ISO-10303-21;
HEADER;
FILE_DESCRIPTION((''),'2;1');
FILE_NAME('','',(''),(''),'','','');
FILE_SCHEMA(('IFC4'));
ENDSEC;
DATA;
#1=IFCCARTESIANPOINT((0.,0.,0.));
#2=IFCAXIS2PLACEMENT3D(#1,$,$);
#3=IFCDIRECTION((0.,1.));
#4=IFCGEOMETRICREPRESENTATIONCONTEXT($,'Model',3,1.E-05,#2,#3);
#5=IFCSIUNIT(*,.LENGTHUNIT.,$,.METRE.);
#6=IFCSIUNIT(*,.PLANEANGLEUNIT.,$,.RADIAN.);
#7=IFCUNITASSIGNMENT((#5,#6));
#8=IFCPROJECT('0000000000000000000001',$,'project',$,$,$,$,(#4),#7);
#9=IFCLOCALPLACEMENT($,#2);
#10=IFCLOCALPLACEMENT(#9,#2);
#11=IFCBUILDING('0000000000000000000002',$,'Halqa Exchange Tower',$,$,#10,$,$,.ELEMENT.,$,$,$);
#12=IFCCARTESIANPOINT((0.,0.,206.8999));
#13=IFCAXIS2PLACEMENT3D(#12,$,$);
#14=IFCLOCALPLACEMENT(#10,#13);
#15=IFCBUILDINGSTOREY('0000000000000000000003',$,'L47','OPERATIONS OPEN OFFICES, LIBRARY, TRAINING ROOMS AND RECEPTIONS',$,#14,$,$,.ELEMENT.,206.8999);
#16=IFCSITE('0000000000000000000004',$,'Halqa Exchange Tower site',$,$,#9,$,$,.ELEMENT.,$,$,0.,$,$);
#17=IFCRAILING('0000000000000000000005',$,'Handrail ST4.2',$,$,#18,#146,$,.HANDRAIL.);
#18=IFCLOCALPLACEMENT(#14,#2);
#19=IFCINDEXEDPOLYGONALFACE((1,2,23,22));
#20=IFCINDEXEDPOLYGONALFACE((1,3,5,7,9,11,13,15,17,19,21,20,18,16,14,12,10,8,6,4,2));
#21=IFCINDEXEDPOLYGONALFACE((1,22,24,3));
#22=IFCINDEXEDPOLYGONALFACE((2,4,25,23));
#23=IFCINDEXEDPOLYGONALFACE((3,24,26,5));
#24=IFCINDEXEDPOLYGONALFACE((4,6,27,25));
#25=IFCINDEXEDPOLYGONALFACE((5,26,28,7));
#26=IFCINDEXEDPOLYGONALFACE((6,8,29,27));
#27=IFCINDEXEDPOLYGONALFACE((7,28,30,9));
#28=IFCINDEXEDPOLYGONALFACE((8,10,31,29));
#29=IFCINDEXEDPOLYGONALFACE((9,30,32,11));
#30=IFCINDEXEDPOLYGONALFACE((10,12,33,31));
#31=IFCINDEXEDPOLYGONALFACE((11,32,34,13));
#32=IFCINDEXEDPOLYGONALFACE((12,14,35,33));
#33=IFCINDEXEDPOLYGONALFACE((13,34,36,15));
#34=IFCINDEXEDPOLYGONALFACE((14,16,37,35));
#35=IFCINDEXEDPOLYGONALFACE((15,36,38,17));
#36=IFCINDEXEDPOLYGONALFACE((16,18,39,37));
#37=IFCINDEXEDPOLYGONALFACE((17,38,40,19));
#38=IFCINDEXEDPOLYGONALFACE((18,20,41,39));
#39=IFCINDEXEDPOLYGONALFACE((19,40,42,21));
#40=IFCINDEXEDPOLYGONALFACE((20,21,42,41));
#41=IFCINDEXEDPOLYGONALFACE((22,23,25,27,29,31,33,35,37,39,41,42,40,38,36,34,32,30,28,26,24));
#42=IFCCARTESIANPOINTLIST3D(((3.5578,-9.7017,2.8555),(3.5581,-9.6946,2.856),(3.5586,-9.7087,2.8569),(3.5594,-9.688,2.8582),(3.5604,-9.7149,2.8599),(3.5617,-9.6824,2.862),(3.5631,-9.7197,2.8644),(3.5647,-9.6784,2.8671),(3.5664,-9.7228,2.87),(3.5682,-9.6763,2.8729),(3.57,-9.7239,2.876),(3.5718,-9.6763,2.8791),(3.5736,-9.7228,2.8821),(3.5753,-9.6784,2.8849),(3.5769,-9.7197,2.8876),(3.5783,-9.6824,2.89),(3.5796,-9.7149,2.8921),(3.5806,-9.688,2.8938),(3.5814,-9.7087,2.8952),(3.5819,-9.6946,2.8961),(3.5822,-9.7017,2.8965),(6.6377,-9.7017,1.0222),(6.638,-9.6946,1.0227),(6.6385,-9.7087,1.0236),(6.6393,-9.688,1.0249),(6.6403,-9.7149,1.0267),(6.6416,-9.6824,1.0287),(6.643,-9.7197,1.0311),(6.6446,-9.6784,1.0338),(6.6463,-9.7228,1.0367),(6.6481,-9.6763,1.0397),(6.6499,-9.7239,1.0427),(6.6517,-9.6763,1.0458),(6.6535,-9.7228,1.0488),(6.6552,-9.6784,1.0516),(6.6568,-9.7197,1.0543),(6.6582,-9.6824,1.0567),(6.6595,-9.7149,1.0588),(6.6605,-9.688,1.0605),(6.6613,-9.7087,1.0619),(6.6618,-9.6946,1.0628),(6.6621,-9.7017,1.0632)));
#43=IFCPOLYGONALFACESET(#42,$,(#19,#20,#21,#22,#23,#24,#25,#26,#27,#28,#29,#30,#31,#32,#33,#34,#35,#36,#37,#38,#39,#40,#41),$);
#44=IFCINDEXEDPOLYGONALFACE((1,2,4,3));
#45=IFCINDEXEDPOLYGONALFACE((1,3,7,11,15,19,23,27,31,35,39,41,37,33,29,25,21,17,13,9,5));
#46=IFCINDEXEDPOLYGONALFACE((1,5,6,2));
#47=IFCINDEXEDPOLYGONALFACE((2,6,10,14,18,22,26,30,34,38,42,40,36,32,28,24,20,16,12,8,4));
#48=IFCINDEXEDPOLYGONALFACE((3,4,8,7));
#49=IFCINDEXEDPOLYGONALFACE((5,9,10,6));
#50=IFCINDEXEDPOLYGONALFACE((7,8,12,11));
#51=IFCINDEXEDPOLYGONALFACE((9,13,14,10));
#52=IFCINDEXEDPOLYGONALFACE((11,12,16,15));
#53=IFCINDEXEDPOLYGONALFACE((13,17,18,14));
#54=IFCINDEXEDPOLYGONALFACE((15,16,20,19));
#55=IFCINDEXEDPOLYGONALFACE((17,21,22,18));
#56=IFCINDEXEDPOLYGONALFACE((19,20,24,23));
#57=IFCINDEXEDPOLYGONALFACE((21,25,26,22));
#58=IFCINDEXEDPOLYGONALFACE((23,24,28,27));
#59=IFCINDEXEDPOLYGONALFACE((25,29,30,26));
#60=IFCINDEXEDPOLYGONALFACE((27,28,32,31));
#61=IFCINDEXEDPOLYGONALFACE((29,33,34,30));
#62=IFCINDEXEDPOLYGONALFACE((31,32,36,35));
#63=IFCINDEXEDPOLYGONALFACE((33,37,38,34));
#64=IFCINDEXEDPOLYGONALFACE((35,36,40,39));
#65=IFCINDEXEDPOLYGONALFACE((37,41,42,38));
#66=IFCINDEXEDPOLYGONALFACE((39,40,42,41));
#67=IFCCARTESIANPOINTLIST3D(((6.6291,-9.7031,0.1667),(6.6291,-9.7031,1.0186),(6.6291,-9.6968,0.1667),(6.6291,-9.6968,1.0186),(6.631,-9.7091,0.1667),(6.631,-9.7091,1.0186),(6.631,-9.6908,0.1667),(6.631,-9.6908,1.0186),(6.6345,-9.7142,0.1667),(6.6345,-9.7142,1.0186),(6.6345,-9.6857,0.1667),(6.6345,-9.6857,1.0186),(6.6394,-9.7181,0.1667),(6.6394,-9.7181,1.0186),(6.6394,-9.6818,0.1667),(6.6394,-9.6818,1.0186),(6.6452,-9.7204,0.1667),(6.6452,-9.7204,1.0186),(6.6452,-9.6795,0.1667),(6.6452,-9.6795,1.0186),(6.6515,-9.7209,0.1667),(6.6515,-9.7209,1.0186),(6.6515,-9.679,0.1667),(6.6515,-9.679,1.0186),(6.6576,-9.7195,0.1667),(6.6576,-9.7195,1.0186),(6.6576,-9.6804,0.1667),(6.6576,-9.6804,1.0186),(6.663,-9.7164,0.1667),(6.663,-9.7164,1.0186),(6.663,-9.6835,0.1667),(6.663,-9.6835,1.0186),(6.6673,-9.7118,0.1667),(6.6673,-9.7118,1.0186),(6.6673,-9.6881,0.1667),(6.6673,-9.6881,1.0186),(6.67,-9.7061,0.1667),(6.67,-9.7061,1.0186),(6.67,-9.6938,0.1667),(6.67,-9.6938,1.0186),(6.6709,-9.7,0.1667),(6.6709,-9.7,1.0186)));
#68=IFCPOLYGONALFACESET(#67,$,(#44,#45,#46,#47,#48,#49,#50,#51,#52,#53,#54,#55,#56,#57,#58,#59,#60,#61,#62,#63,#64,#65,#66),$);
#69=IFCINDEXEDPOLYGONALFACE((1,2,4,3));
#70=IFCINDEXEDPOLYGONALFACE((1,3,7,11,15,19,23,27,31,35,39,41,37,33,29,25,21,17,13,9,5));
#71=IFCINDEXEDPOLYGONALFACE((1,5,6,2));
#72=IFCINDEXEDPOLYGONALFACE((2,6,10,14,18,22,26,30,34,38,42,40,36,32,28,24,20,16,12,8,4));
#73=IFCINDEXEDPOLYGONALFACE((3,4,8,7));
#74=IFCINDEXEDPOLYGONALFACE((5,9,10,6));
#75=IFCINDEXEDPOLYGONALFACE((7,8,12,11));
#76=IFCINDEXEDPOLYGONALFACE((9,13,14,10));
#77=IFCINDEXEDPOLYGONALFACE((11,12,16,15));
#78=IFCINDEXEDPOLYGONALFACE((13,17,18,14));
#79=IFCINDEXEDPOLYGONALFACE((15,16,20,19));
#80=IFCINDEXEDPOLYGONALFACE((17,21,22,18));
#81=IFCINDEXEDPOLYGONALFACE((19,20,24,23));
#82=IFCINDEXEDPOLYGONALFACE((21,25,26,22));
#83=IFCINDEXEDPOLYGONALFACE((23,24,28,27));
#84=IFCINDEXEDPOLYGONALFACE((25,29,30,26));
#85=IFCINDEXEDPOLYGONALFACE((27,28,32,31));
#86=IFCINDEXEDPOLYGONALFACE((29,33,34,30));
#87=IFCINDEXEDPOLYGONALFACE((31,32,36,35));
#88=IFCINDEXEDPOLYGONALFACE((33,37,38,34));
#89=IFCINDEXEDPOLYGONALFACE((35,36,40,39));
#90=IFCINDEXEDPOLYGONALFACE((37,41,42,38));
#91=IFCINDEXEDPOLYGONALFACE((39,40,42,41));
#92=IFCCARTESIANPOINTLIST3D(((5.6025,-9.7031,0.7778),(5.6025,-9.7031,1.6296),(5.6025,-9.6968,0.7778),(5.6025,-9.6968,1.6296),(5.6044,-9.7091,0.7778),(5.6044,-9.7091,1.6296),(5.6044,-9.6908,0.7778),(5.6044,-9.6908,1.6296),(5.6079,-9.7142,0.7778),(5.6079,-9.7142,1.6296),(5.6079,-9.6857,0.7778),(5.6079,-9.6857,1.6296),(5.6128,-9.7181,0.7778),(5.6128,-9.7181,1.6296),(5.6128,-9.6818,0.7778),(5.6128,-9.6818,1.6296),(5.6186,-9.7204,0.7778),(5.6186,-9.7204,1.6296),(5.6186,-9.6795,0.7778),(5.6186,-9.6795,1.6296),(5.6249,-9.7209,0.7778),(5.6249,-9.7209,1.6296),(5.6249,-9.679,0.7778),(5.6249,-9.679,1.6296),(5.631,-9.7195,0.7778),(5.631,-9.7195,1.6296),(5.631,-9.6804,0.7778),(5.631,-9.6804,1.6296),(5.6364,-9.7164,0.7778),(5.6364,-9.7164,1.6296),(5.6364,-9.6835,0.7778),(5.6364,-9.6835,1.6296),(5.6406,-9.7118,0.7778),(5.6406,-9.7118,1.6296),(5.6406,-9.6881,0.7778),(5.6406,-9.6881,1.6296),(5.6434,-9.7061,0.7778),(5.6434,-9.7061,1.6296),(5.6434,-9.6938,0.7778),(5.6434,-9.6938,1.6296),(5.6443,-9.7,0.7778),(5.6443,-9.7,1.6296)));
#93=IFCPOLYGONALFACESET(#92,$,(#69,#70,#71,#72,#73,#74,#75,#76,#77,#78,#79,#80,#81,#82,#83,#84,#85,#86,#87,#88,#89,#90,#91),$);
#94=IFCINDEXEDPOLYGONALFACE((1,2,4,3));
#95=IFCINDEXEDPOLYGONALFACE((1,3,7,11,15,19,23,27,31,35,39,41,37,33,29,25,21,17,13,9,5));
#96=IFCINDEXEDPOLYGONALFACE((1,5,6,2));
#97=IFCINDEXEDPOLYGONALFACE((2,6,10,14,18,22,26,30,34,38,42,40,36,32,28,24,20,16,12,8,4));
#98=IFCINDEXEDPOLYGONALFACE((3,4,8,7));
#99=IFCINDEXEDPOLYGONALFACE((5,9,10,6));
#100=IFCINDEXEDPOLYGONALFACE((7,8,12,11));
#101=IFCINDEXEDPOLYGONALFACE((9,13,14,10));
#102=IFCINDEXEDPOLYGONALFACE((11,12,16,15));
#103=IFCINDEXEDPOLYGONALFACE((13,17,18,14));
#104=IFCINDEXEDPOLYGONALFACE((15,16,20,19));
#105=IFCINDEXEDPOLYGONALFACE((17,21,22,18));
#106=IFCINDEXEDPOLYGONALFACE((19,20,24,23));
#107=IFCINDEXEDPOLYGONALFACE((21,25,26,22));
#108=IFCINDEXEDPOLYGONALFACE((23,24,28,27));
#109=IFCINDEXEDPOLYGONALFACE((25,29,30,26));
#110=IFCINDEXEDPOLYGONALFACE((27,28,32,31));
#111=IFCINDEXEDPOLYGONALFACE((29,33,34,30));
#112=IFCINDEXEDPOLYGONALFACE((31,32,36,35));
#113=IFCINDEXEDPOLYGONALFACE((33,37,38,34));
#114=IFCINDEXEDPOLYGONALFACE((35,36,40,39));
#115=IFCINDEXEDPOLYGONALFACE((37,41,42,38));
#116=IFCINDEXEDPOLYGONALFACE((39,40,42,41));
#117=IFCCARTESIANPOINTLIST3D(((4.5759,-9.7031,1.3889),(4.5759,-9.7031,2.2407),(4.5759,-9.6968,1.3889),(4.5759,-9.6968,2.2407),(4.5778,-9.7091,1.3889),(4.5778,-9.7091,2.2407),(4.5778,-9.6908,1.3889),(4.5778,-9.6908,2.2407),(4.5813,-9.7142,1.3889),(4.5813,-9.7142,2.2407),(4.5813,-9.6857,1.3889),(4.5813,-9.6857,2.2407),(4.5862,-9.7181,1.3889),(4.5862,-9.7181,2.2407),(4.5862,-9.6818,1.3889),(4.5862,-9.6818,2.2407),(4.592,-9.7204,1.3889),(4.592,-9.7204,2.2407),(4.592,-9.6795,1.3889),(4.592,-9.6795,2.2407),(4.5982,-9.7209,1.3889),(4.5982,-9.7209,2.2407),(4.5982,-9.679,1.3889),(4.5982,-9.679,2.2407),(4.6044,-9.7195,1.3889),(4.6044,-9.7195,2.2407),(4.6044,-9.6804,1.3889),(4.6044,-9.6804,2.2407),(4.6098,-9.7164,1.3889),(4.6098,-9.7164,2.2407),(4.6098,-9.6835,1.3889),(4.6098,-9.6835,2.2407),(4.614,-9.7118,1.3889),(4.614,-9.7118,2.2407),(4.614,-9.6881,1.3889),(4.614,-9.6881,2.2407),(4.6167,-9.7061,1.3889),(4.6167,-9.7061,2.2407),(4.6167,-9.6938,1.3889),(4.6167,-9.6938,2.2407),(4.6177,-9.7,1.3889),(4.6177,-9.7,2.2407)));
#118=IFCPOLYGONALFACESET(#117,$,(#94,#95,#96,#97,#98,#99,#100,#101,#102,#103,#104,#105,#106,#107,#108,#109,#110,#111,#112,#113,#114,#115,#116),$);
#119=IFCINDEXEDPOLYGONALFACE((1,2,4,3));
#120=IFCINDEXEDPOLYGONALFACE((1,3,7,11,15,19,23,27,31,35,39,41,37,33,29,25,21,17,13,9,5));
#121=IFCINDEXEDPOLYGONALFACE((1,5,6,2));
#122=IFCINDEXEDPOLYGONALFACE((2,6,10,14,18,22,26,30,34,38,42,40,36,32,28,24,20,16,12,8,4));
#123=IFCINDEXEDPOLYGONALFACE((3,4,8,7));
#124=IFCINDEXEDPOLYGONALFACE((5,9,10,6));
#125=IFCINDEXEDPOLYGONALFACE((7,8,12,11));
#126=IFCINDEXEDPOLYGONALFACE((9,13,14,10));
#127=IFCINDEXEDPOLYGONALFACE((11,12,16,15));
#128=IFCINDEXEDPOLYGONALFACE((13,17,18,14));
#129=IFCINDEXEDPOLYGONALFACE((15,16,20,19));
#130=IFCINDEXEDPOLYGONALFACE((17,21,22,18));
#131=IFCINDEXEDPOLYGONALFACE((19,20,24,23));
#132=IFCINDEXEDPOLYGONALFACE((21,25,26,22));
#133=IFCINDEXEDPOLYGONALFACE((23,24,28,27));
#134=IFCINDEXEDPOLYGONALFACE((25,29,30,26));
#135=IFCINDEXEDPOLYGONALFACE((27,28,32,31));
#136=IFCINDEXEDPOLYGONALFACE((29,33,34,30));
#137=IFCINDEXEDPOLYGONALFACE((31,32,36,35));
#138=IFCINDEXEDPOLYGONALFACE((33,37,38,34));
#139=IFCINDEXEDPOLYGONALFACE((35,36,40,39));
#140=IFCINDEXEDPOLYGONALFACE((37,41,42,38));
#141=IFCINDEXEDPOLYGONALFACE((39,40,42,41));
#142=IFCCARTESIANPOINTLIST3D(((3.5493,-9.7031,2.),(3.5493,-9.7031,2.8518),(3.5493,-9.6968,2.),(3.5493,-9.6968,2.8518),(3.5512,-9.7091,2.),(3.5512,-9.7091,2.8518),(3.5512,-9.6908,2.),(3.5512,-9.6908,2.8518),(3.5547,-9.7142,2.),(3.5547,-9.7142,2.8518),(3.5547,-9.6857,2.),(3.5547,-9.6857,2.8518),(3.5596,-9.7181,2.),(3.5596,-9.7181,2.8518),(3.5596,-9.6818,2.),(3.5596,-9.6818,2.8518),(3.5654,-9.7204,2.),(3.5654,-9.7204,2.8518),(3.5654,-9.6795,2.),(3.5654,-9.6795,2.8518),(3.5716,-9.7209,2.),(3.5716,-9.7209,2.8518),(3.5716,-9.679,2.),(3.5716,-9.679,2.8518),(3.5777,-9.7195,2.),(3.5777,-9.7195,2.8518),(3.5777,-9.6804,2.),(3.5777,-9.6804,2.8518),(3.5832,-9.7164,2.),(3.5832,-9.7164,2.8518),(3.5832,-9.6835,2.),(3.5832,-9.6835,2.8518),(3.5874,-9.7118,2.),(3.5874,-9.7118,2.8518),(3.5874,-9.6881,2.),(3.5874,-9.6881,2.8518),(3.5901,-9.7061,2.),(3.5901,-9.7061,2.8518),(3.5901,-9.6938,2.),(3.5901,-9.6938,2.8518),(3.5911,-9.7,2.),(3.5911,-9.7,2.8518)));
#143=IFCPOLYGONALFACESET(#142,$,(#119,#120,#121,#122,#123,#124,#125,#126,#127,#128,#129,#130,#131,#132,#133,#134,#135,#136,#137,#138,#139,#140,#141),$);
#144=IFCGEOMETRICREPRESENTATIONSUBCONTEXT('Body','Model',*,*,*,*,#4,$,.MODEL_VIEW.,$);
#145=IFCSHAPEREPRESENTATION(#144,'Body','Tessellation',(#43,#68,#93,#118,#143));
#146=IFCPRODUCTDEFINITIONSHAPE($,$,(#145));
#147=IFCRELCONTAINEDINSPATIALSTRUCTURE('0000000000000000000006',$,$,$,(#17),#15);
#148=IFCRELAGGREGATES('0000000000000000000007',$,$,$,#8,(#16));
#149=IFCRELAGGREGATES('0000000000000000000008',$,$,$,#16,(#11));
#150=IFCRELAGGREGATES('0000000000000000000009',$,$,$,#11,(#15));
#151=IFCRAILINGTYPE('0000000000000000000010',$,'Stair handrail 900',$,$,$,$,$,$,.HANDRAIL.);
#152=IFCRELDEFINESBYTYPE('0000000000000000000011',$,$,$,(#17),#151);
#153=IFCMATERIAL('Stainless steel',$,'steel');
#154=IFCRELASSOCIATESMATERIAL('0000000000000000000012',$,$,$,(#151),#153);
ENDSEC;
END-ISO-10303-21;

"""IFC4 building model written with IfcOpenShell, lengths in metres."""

from ifc_helpers import new_model, si_unit, direction, frame, origin, origin_2d, place, context, subcontext, project, spatial, circle, extrude, material, type_object, element, save


model = new_model("IFC4")

# Units and contexts
model_context = context("Model", 3, precision=1e-05, world=origin(), true_north=direction((0.0, 1.0)))
body_context = subcontext(model_context, "Body", "Model", "MODEL_VIEW")
ifc_project = project(units=[si_unit("LENGTHUNIT", "METRE"), si_unit("PLANEANGLEUNIT", "RADIAN")], contexts=[model_context])

# Site, building, storey
site_placement = place(None, origin())
site = spatial("IfcSite", under=ifc_project, at=site_placement, Name="Halqa Exchange Tower site", CompositionType="ELEMENT", RefElevation=0.0)
building_placement = place(site_placement, origin())
building = spatial("IfcBuilding", under=site, at=building_placement, Name="Halqa Exchange Tower", CompositionType="ELEMENT")
storey_placement = place(building_placement, frame((0.0, 0.0, 206.8999)))
storey = spatial("IfcBuildingStorey", under=building, at=storey_placement, Name="L47", Description="OPERATIONS OPEN OFFICES, LIBRARY, TRAINING ROOMS AND RECEPTIONS", CompositionType="ELEMENT", Elevation=206.8999)

# Railing
ifc_material_1 = material(Name="Stainless steel", Category="steel")
railing_type_1 = type_object("IfcRailingType", Name="Stair handrail 900", PredefinedType="HANDRAIL", material=ifc_material_1)
railing_1_placement = place(storey_placement, frame((6.6499, -9.7, 0.1667)))
element("IfcRailing", 1, at=railing_1_placement, inside=storey, type_object=railing_type_1, Name="Handrail ST4.2", PredefinedType="HANDRAIL", context=body_context, shape_type="SweptSolid", body=[
    extrude(circle(Radius=0.0239, at=origin_2d()), frame((0.0, 0.0, 0.876), z_axis=(-0.859291, 0.0, 0.511487), x_axis=(0.0, -1.0, 0.0)), (0.0, 0.0, 1.0), 3.5842),
    extrude(circle(Radius=0.021, at=origin_2d()), origin(), (0.0, 0.0, 1.0), 0.8518),
    extrude(circle(Radius=0.021, at=origin_2d()), frame((-1.0266, 0.0, 0.6111)), (0.0, 0.0, 1.0), 0.8518),
    extrude(circle(Radius=0.021, at=origin_2d()), frame((-2.0532, 0.0, 1.2222)), (0.0, 0.0, 1.0), 0.8518),
    extrude(circle(Radius=0.021, at=origin_2d()), frame((-3.0798, 0.0, 1.8333)), (0.0, 0.0, 1.0), 0.8518),
])

save(model, "model.ifc")
